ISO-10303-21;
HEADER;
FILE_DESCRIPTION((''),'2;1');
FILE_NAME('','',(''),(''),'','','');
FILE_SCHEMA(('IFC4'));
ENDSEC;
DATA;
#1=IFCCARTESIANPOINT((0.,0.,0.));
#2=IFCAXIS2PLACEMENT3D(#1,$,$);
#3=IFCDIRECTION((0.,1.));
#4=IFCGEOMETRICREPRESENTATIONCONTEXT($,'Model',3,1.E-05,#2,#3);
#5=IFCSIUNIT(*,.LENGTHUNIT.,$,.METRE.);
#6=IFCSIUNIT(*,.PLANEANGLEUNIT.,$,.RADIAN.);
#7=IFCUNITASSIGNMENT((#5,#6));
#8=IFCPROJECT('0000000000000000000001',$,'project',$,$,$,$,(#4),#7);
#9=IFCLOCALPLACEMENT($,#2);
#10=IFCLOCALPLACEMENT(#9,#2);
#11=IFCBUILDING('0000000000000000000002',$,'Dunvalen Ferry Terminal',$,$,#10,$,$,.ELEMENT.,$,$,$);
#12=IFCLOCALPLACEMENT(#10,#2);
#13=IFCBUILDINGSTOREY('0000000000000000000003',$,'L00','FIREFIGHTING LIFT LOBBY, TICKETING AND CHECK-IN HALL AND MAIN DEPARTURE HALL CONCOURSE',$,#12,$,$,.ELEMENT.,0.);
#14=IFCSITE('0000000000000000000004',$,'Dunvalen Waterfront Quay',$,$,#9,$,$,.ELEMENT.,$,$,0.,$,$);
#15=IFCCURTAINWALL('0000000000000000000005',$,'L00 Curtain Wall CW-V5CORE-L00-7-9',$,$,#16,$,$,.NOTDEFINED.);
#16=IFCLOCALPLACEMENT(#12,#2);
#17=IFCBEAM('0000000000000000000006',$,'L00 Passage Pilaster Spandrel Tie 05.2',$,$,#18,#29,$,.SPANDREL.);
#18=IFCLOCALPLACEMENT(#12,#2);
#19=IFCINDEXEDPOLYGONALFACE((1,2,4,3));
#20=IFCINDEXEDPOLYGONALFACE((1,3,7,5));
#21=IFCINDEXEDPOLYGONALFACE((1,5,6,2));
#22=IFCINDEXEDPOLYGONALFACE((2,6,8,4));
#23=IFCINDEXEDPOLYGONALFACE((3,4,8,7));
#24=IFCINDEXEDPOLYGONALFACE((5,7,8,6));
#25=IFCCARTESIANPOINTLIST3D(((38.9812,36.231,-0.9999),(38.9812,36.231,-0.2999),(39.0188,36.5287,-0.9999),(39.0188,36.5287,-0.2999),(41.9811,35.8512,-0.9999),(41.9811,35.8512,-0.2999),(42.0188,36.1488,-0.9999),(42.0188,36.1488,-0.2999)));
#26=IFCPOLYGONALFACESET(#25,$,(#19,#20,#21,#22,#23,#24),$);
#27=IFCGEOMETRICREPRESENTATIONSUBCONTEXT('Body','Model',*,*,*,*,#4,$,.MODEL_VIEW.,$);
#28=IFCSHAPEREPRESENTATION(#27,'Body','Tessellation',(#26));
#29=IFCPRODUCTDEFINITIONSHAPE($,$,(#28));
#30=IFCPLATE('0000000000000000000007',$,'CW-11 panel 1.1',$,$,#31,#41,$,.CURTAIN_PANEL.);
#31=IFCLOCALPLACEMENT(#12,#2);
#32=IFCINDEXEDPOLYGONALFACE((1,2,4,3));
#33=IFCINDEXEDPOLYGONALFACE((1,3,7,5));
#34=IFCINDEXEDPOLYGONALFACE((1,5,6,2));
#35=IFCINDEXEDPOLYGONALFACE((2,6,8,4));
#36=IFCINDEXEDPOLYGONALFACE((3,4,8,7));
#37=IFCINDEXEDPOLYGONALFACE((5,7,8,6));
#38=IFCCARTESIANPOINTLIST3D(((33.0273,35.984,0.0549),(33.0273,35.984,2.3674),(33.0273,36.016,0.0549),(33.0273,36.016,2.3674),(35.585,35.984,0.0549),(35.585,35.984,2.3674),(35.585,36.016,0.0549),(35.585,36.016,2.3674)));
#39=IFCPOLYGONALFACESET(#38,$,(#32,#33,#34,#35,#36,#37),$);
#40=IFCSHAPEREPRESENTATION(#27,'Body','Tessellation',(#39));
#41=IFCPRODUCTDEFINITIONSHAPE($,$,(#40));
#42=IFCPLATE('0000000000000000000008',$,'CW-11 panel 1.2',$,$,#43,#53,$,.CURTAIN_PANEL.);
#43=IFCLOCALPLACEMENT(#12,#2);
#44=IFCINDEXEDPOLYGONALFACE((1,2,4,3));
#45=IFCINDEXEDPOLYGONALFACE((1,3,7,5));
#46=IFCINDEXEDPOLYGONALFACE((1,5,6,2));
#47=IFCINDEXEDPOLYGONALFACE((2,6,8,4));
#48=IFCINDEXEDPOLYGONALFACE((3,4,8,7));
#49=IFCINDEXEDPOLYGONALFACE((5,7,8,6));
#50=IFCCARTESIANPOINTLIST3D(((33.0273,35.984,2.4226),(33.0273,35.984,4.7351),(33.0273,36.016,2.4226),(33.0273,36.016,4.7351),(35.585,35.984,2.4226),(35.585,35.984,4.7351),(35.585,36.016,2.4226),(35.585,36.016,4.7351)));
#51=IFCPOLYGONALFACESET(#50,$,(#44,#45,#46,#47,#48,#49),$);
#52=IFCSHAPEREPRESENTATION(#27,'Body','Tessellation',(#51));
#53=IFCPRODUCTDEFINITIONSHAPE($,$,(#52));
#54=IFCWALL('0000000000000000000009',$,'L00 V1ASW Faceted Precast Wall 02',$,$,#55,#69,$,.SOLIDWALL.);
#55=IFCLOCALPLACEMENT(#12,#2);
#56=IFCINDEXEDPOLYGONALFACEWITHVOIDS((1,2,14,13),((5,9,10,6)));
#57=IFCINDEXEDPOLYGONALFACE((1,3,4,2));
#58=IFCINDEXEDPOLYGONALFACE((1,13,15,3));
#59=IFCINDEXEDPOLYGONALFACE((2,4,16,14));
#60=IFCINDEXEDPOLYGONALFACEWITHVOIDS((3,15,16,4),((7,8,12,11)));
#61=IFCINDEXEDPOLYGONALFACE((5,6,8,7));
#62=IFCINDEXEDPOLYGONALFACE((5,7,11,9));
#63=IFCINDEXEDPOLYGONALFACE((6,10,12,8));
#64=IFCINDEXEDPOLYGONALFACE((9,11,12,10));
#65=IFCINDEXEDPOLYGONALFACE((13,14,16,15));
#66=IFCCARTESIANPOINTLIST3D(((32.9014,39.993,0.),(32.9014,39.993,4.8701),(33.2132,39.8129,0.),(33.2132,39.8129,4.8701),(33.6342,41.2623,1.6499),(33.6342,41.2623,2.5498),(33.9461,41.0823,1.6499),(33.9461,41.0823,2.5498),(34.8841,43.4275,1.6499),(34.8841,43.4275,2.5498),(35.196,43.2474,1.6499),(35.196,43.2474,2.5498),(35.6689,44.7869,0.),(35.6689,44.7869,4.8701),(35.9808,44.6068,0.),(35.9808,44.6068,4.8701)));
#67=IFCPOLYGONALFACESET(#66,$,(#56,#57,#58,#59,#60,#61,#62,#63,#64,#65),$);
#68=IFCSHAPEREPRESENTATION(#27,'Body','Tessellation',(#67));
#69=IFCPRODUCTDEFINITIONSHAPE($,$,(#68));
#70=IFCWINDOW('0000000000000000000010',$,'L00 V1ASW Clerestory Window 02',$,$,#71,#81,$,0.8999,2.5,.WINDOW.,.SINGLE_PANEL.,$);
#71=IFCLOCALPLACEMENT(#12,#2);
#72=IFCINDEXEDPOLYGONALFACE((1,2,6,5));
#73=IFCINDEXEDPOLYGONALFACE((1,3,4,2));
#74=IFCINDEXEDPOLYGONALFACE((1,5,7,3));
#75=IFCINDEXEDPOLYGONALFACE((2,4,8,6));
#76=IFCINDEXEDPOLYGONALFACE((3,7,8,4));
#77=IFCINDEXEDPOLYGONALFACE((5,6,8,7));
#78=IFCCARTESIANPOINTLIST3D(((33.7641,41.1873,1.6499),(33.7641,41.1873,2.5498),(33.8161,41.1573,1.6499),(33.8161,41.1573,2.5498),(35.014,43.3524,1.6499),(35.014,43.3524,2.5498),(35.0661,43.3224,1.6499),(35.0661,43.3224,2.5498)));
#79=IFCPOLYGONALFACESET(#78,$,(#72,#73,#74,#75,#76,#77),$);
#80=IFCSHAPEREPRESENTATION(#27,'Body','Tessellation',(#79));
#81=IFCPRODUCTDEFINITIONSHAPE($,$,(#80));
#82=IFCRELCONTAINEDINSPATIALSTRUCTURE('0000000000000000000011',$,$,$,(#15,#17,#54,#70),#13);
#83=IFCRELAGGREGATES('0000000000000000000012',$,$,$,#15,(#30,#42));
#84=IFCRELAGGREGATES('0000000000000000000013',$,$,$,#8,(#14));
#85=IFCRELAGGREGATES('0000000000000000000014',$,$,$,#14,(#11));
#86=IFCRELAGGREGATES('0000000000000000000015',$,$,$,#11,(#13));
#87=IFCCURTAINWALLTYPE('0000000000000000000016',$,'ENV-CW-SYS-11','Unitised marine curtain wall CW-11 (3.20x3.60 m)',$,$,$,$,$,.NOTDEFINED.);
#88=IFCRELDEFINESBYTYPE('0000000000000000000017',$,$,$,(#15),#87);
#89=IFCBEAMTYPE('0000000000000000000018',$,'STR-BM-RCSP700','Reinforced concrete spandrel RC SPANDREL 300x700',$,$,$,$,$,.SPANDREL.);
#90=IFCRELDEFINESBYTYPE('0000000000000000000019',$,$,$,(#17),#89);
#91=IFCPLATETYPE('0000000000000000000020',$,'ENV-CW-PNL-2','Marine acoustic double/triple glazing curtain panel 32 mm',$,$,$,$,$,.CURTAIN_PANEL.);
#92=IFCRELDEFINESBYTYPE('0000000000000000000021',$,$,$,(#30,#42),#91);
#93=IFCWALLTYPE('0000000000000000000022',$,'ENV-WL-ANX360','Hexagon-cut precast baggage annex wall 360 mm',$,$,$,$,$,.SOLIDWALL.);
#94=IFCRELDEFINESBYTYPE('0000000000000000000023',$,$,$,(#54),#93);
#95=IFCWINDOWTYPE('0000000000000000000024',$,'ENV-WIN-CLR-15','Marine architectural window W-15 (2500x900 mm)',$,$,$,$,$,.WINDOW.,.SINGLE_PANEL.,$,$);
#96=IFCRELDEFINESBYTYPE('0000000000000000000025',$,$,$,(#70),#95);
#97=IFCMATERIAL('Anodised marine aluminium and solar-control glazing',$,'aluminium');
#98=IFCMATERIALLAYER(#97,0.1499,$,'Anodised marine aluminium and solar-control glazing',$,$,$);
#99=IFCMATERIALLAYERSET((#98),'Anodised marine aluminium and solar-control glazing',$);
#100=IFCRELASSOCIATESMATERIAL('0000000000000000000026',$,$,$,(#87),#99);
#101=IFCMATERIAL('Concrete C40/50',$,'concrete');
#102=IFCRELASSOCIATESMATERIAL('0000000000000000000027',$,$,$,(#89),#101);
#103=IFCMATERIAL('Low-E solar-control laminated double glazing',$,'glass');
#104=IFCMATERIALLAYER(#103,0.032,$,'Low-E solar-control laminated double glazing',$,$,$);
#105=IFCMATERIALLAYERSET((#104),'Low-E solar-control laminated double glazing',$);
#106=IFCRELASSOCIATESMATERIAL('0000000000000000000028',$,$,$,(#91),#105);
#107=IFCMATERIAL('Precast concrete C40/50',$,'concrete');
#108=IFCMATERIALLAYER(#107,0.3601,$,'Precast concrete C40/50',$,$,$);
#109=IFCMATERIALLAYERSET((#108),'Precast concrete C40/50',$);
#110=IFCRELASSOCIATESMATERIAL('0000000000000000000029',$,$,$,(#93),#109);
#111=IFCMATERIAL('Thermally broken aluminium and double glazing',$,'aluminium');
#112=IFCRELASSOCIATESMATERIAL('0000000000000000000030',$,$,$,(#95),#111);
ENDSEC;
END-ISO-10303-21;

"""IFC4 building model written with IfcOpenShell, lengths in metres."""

from ifc_helpers import new_model, si_unit, direction, frame, frame_2d, origin, origin_2d, place, context, subcontext, project, spatial, rectangle, extrude, material, layer, layer_set, material_profile, profile_set, type_object, element, fill, aggregate, save


model = new_model("IFC4")

# Units and contexts
model_context = context("Model", 3, precision=1e-05, world=origin(), true_north=direction((0.0, 1.0)))
body_context = subcontext(model_context, "Body", "Model", "MODEL_VIEW")
ifc_project = project(units=[si_unit("LENGTHUNIT", "METRE"), si_unit("PLANEANGLEUNIT", "RADIAN")], contexts=[model_context])

# Site, building, storey
site_placement = place(None, origin())
site = spatial("IfcSite", under=ifc_project, at=site_placement, Name="Dunvalen Waterfront Quay", CompositionType="ELEMENT", RefElevation=0.0)
building_placement = place(site_placement, origin())
building = spatial("IfcBuilding", under=site, at=building_placement, Name="Dunvalen Ferry Terminal", CompositionType="ELEMENT")
storey_placement = place(building_placement, origin())
storey = spatial("IfcBuildingStorey", under=building, at=storey_placement, Name="L00", Description="FIREFIGHTING LIFT LOBBY, TICKETING AND CHECK-IN HALL AND MAIN DEPARTURE HALL CONCOURSE", CompositionType="ELEMENT", Elevation=0.0)

# Shared definitions
ifc_material_1 = material(Name="Concrete C40/50", Category="concrete")

# Curtain wall
ifc_material_2 = material(Name="Anodised marine aluminium and solar-control glazing", Category="aluminium")
ifc_layer_1 = layer(ifc_material_2, 0.1499, Name="Anodised marine aluminium and solar-control glazing")
ifc_layer_set_1 = layer_set([ifc_layer_1], Name="Anodised marine aluminium and solar-control glazing")
curtain_wall_type = type_object("IfcCurtainWallType", Name="ENV-CW-SYS-11", Description="Unitised marine curtain wall CW-11 (3.20x3.60 m)", PredefinedType="NOTDEFINED", material=ifc_layer_set_1)
curtain_wall_placement = place(storey_placement, origin())
curtain_wall = element("IfcCurtainWall", 1, at=curtain_wall_placement, inside=storey, type_object=curtain_wall_type, Name="L00 Curtain Wall CW-V5CORE-L00-7-9", PredefinedType="NOTDEFINED")

# Beam
ifc_material_profile_1 = material_profile(ifc_material_1, rectangle(XDim=0.3, YDim=0.7, at=origin_2d()), Name="Concrete C40/50")
ifc_profile_set_1 = profile_set([ifc_material_profile_1], Name="Concrete C40/50")
beam_type_1 = type_object("IfcBeamType", Name="STR-BM-RCSP700", Description="Reinforced concrete spandrel RC SPANDREL 300x700", PredefinedType="SPANDREL", material=ifc_profile_set_1)
for number, where, z_axis, x_axis, name in (
    (2, (39.0, 36.3799, -0.6499), (0.992078, -0.125624, 0.0), (0.125624, 0.992078, 0.0), "L00 Passage Pilaster Spandrel Tie 05.2"),
):
    element("IfcBeam", number, at=place(storey_placement, frame(where, z_axis=z_axis, x_axis=x_axis)), inside=storey, type_object=beam_type_1, Name=name, PredefinedType="SPANDREL", context=body_context, shape_type="SweptSolid", body=[
        extrude(rectangle(XDim=0.3, YDim=0.7, at=origin_2d()), origin(), (0.0, 0.0, 1.0), 3.0239),
    ])

# Plates
ifc_material_3 = material(Name="Low-E solar-control laminated double glazing", Category="glass")
ifc_layer_2 = layer(ifc_material_3, 0.032, Name="Low-E solar-control laminated double glazing")
ifc_layer_set_2 = layer_set([ifc_layer_2], Name="Low-E solar-control laminated double glazing")
plate_type = type_object("IfcPlateType", Name="ENV-CW-PNL-2", Description="Marine acoustic double/triple glazing curtain panel 32 mm", PredefinedType="CURTAIN_PANEL", material=ifc_layer_set_2)
plate_1_placement = place(storey_placement, frame((34.3062, 36.0, 0.0549), z_axis=(0.0, 0.0, 1.0), x_axis=(-1.0, 0.0, 0.0)))
plate_1 = element("IfcPlate", 3, at=plate_1_placement, type_object=plate_type, Name="CW-11 panel 1.1", PredefinedType="CURTAIN_PANEL", context=body_context, shape_type="SweptSolid", body=[
    extrude(rectangle(XDim=2.5576, YDim=0.032, at=origin_2d()), origin(), (0.0, 0.0, 1.0), 2.3125),
])
plate_2_placement = place(storey_placement, frame((34.3062, 36.0, 2.4226), z_axis=(0.0, 0.0, 1.0), x_axis=(-1.0, 0.0, 0.0)))
plate_2 = element("IfcPlate", 4, at=plate_2_placement, type_object=plate_type, Name="CW-11 panel 1.2", PredefinedType="CURTAIN_PANEL", context=body_context, shape_type="SweptSolid", body=[
    extrude(rectangle(XDim=2.5576, YDim=0.032, at=origin_2d()), origin(), (0.0, 0.0, 1.0), 2.3125),
])
aggregate(curtain_wall, [plate_1, plate_2])

# Wall, opening, window
ifc_material_4 = material(Name="Precast concrete C40/50", Category="concrete")
ifc_layer_3 = layer(ifc_material_4, 0.3601, Name="Precast concrete C40/50")
ifc_layer_set_3 = layer_set([ifc_layer_3], Name="Precast concrete C40/50")
wall_type = type_object("IfcWallType", Name="ENV-WL-ANX360", Description="Hexagon-cut precast baggage annex wall 360 mm", PredefinedType="SOLIDWALL", material=ifc_layer_set_3)
wall_placement = place(storey_placement, frame((33.0574, 39.9031, 0.0), z_axis=(0.0, 0.0, 1.0), x_axis=(0.499972, 0.866042, 0.0)))
wall = element("IfcWall", 5, at=wall_placement, inside=storey, type_object=wall_type, Name="L00 V1ASW Faceted Precast Wall 02", PredefinedType="SOLIDWALL", context=body_context, shape_type="SweptSolid", body=[
    extrude(rectangle(XDim=5.5354, YDim=0.3601, at=frame_2d((2.7676, 0.0))), origin(), (0.0, 0.0, 1.0), 4.8701),
])
opening_placement = place(wall_placement, frame((1.4656, 0.0, 1.6499)))
opening = element("IfcOpeningElement", 6, at=opening_placement, cuts=wall, PredefinedType="OPENING", context=body_context, shape_type="SweptSolid", body=[
    extrude(rectangle(XDim=2.5, YDim=0.8999, at=frame_2d((1.25, 0.45))), frame((0.0, 0.1899, 0.0), z_axis=(0.0, -1.0, 0.0), x_axis=(1.0, 0.0, 0.0)), (0.0, 0.0, 1.0), 0.3801),
])
ifc_material_5 = material(Name="Thermally broken aluminium and double glazing", Category="aluminium")
window_type = type_object("IfcWindowType", Name="ENV-WIN-CLR-15", Description="Marine architectural window W-15 (2500x900 mm)", PartitioningType="SINGLE_PANEL", PredefinedType="WINDOW", material=ifc_material_5)
window_placement = place(opening_placement, origin())
window = element("IfcWindow", 7, at=window_placement, inside=storey, type_object=window_type, Name="L00 V1ASW Clerestory Window 02", OverallHeight=0.8999, OverallWidth=2.5, PartitioningType="SINGLE_PANEL", PredefinedType="WINDOW", context=body_context, shape_type="SweptSolid", body=[
    extrude(rectangle(XDim=2.5, YDim=0.8999, at=frame_2d((1.25, 0.45))), frame((0.0, 0.03, 0.0), z_axis=(0.0, -1.0, 0.0), x_axis=(1.0, 0.0, 0.0)), (0.0, 0.0, 1.0), 0.0601),
])
fill(opening, window)

save(model, "model.ifc")
